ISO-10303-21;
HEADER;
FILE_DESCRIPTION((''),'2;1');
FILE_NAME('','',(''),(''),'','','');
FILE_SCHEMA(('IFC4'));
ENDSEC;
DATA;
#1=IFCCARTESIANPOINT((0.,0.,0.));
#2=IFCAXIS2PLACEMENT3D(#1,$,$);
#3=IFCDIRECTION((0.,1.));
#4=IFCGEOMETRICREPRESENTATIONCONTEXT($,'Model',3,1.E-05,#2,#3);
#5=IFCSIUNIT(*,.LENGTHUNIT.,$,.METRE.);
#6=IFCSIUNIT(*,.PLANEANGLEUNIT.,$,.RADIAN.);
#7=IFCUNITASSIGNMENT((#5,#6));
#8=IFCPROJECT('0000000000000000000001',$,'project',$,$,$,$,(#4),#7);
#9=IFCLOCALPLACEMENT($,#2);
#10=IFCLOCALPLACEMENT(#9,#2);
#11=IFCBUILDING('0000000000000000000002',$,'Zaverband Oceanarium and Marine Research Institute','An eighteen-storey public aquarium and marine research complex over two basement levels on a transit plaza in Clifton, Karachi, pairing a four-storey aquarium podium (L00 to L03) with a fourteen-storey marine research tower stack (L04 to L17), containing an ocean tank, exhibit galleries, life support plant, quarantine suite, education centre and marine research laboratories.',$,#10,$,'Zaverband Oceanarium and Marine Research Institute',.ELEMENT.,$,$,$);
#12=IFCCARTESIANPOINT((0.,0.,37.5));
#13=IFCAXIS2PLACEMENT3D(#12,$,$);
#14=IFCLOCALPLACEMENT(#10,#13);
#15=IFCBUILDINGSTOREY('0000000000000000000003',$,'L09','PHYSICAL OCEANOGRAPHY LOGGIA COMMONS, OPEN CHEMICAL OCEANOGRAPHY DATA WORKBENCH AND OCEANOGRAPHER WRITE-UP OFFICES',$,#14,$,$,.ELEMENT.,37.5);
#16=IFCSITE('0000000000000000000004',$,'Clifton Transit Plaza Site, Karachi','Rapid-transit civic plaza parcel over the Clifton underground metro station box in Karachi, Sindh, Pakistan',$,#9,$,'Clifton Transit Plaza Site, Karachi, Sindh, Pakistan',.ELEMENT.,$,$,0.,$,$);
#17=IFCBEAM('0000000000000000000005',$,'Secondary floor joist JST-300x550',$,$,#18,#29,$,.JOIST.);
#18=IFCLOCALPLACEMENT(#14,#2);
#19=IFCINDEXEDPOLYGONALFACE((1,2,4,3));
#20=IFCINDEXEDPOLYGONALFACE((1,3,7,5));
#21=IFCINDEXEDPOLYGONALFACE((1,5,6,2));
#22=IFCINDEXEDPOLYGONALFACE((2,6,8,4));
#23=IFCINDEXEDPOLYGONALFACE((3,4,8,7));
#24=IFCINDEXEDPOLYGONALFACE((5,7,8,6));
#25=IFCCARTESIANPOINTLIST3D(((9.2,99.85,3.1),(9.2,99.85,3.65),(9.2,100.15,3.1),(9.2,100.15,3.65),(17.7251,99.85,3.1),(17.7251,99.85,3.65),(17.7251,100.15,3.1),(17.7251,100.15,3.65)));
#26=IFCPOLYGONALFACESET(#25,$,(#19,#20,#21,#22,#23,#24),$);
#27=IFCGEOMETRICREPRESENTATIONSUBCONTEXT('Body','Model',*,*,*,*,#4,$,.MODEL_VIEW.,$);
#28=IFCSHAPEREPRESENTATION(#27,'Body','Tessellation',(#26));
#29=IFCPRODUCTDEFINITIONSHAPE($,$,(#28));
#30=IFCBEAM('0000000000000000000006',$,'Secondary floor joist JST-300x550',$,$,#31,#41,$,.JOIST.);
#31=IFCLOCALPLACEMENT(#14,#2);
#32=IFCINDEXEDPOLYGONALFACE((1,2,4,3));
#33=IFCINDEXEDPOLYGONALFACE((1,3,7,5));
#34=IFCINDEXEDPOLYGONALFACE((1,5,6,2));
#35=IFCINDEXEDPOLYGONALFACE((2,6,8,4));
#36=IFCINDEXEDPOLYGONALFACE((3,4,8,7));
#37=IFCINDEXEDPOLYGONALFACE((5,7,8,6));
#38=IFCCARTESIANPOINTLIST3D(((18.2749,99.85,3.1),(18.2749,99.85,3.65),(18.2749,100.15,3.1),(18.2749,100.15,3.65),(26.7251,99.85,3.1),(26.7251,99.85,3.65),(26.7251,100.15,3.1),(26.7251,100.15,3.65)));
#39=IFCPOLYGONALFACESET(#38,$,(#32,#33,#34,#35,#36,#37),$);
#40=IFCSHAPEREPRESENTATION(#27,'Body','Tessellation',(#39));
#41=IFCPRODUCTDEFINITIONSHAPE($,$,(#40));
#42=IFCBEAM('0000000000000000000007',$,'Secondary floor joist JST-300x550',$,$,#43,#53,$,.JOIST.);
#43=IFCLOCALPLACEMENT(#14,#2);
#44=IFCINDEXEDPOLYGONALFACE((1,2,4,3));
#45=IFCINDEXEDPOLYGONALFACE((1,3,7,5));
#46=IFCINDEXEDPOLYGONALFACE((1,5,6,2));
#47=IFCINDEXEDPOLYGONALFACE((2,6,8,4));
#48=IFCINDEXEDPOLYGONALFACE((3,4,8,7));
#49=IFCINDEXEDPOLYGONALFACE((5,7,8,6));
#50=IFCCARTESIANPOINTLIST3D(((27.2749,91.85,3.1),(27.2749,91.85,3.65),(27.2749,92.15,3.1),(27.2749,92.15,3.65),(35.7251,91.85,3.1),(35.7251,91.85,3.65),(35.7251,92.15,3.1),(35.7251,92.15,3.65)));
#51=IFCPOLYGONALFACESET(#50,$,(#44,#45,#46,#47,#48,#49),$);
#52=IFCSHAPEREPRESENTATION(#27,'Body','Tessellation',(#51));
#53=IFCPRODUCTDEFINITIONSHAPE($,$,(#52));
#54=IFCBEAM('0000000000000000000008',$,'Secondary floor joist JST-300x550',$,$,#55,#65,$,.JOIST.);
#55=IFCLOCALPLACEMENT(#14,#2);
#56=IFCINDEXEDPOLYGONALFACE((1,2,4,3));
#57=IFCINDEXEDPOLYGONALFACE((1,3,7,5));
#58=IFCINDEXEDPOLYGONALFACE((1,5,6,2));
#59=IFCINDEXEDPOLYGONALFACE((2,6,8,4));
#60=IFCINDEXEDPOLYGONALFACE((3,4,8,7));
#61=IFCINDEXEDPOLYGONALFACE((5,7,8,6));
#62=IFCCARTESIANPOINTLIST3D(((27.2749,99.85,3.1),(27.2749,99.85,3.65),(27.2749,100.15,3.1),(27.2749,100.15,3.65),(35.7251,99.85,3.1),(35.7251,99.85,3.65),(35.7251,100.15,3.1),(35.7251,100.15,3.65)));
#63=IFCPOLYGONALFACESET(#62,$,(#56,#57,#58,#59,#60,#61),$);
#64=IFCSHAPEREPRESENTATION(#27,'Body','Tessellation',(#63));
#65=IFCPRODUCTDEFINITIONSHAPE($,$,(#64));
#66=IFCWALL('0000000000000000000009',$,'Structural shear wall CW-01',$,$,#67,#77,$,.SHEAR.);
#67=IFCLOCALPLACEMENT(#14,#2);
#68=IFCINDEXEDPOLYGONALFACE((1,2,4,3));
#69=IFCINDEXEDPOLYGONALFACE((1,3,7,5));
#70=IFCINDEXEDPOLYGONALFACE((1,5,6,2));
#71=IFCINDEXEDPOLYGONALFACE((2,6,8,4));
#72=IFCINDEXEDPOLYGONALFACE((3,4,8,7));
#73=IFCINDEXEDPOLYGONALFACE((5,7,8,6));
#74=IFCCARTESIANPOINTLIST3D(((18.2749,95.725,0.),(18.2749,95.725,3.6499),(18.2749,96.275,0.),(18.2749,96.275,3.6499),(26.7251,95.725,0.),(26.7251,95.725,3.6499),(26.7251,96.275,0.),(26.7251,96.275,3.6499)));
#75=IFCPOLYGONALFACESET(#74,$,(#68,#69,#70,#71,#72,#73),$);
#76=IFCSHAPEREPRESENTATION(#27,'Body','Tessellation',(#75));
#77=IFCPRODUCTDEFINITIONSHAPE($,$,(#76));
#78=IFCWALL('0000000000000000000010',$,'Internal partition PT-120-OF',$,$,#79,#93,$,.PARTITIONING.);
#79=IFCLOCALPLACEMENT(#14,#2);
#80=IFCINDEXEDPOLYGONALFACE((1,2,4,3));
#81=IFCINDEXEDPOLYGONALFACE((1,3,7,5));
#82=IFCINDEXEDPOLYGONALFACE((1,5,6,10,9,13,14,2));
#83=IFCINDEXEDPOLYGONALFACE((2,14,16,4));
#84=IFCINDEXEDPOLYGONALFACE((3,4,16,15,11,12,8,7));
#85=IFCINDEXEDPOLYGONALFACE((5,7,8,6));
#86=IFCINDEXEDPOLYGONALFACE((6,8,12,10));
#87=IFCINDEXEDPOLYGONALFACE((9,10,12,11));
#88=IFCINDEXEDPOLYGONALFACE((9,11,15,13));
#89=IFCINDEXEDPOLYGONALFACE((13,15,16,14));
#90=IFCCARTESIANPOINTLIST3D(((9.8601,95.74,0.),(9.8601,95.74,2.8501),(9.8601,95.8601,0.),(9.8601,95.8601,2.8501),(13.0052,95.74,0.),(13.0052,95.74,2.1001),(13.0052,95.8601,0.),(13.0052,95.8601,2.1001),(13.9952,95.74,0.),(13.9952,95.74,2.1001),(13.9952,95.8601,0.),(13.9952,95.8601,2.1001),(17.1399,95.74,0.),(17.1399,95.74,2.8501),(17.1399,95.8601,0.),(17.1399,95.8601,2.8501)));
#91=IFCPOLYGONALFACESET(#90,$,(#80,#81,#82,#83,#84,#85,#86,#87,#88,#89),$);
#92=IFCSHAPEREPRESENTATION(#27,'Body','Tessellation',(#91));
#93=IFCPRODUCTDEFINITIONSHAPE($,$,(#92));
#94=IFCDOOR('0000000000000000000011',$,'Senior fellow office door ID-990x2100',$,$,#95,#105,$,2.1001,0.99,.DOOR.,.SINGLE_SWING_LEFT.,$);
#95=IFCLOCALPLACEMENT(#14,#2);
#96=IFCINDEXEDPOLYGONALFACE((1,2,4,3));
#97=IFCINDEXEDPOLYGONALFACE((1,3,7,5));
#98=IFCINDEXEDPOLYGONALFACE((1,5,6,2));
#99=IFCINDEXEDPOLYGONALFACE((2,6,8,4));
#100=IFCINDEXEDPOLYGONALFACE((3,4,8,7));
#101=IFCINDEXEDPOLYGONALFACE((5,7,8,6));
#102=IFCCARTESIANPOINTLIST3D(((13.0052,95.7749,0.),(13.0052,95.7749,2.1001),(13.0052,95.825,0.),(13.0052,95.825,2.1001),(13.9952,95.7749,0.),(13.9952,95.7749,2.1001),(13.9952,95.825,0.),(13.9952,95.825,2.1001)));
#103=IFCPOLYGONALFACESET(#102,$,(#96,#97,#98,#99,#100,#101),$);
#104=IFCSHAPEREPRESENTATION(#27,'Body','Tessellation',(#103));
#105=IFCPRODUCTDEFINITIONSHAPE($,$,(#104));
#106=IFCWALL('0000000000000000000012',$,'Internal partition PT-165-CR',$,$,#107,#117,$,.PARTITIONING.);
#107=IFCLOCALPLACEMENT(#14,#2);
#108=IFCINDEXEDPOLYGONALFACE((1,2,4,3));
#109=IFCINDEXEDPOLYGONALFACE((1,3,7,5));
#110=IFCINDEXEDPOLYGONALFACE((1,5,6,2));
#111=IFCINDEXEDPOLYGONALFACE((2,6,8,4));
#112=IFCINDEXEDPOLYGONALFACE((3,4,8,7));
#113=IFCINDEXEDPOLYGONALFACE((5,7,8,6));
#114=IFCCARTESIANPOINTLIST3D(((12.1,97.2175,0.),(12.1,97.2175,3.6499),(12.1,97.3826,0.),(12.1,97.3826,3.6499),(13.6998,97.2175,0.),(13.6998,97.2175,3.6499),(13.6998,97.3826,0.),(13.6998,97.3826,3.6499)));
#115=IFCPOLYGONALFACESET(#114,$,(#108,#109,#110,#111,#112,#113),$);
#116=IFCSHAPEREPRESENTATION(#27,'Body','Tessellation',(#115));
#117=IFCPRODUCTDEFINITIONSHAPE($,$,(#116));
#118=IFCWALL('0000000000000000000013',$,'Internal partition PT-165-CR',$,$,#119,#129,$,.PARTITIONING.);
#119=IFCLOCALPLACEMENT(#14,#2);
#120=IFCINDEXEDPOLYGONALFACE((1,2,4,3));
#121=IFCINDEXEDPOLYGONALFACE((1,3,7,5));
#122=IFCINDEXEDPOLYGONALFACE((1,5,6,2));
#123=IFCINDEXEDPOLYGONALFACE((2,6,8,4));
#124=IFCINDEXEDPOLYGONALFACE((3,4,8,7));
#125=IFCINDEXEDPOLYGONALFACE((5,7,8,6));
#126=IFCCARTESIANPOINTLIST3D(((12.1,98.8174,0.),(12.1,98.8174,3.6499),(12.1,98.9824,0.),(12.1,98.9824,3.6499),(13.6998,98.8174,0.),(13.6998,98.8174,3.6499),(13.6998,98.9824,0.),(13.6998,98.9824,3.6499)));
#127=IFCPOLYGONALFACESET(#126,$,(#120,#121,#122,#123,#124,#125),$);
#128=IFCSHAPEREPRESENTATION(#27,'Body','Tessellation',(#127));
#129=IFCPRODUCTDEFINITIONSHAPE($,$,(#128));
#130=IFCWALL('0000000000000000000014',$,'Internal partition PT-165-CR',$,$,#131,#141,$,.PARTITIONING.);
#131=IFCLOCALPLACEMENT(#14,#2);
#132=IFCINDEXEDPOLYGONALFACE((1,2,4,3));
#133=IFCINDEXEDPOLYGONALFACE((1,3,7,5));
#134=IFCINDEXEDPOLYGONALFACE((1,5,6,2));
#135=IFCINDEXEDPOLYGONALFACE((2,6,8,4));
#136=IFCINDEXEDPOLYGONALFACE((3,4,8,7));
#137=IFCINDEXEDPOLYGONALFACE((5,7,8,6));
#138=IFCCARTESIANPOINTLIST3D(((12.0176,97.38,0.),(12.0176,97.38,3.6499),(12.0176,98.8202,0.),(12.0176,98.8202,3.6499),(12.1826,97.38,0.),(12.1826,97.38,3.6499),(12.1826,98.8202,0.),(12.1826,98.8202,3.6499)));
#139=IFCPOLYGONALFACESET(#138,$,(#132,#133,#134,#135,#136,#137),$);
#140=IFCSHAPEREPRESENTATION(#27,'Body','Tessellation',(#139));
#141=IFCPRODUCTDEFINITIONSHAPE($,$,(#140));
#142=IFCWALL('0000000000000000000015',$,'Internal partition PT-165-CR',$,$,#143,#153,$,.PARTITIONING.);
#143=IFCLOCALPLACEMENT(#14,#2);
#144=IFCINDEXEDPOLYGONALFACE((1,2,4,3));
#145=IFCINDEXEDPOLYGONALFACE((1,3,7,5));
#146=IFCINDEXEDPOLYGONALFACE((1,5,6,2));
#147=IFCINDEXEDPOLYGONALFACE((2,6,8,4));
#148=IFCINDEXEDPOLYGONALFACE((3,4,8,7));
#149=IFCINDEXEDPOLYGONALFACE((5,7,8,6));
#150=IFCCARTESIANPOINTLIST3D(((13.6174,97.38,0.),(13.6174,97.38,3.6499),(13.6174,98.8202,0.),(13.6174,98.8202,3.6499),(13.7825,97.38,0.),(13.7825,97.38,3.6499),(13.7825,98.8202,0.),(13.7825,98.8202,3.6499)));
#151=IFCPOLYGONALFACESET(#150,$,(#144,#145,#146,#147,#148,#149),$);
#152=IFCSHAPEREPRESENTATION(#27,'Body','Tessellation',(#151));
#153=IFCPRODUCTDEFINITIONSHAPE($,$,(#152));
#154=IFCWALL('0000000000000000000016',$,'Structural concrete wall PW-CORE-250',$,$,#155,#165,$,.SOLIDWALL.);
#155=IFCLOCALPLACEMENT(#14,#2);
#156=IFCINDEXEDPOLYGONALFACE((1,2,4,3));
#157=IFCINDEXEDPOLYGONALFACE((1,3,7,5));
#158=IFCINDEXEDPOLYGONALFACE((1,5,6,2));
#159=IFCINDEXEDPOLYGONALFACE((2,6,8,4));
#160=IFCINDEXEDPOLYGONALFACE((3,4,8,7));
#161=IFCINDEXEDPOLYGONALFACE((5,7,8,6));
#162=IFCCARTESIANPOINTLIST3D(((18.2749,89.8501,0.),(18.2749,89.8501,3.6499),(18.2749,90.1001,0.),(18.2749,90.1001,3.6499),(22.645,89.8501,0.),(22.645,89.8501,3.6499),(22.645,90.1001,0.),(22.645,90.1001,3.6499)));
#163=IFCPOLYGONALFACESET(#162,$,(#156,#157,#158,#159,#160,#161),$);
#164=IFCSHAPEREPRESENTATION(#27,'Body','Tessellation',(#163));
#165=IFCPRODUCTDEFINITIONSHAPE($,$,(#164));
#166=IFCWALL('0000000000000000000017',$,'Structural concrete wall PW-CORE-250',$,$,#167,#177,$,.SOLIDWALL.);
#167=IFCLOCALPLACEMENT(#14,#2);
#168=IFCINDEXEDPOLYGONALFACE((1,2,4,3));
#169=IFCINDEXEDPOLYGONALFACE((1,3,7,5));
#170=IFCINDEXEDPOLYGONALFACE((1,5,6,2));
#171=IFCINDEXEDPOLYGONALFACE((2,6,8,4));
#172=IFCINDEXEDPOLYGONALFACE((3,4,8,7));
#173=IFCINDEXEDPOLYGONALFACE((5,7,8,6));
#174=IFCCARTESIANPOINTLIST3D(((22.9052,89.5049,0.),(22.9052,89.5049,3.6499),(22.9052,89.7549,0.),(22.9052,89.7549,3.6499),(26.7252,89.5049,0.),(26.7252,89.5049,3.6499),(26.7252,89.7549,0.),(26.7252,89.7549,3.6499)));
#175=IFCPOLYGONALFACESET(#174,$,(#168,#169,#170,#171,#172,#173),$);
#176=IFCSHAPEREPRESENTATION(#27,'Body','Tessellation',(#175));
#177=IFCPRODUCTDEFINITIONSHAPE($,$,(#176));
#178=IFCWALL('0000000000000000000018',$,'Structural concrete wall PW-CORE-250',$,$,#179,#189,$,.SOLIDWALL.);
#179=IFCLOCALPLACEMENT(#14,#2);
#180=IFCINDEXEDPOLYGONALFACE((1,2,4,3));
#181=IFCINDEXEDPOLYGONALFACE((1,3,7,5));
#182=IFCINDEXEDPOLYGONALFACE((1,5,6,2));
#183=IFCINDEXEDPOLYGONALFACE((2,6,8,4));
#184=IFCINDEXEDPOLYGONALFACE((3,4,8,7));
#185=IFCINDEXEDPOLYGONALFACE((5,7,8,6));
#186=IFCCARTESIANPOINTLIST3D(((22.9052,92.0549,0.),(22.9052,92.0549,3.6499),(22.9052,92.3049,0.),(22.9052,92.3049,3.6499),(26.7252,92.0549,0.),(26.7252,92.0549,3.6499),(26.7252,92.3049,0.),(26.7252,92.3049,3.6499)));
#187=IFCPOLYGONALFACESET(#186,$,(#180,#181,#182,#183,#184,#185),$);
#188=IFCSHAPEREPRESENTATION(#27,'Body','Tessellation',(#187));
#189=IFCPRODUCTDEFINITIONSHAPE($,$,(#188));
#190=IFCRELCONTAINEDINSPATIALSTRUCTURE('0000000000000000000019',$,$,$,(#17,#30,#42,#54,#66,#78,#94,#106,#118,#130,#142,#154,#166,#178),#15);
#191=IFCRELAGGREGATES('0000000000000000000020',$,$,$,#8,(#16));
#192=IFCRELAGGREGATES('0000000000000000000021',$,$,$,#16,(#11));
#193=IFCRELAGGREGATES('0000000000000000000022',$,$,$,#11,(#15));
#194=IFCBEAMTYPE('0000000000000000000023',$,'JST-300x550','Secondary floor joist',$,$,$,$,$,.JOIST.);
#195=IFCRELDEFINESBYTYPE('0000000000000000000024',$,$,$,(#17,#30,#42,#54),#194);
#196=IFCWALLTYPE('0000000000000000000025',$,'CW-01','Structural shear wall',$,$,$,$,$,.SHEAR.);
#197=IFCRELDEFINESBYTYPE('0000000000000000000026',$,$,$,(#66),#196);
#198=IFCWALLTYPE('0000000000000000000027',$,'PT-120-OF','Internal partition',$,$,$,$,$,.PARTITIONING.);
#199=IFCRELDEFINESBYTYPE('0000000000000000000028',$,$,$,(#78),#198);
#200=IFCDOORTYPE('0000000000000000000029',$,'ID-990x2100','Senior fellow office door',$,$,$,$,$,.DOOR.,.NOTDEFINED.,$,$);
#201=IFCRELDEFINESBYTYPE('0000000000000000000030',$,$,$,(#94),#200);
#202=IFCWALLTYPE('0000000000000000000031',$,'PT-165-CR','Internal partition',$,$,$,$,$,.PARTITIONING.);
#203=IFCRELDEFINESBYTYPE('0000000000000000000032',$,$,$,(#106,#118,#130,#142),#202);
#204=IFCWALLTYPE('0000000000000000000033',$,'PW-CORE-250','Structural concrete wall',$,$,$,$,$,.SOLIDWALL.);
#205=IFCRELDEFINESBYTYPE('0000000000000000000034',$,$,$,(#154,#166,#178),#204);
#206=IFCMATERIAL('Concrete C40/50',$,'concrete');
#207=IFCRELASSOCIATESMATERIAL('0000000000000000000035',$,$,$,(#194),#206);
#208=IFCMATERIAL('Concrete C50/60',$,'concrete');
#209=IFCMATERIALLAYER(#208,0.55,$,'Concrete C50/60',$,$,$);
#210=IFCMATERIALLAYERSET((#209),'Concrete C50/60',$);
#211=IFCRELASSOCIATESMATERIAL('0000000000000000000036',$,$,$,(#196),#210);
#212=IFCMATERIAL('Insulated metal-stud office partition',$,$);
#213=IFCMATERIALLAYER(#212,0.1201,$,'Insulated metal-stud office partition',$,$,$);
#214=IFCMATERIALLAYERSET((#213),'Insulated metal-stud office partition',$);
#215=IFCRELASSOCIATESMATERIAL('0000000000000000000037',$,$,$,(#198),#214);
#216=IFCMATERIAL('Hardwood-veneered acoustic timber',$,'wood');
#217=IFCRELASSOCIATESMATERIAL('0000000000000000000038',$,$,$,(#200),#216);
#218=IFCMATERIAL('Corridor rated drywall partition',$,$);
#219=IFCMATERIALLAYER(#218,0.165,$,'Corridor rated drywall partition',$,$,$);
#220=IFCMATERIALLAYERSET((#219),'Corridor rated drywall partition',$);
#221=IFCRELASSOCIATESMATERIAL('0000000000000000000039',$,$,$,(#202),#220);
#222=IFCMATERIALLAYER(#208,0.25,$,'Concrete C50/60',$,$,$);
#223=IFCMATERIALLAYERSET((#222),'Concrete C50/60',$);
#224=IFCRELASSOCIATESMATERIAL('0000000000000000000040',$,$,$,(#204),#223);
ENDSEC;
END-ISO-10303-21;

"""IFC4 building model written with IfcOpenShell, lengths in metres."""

from ifc_helpers import new_model, si_unit, direction, frame, frame_2d, origin, origin_2d, place, context, subcontext, project, spatial, rectangle, extrude, material, layer, layer_set, material_profile, profile_set, type_object, element, fill, save


model = new_model("IFC4")

# Units and contexts
model_context = context("Model", 3, precision=1e-05, world=origin(), true_north=direction((0.0, 1.0)))
body_context = subcontext(model_context, "Body", "Model", "MODEL_VIEW")
ifc_project = project(units=[si_unit("LENGTHUNIT", "METRE"), si_unit("PLANEANGLEUNIT", "RADIAN")], contexts=[model_context])

# Site, building, storey
site_placement = place(None, origin())
site = spatial("IfcSite", under=ifc_project, at=site_placement, Name="Clifton Transit Plaza Site, Karachi", Description="Rapid-transit civic plaza parcel over the Clifton underground metro station box in Karachi, Sindh, Pakistan", LongName="Clifton Transit Plaza Site, Karachi, Sindh, Pakistan", CompositionType="ELEMENT", RefElevation=0.0)
building_placement = place(site_placement, origin())
building = spatial("IfcBuilding", under=site, at=building_placement, Name="Zaverband Oceanarium and Marine Research Institute", Description="An eighteen-storey public aquarium and marine research complex over two basement levels on a transit plaza in Clifton, Karachi, pairing a four-storey aquarium podium (L00 to L03) with a fourteen-storey marine research tower stack (L04 to L17), containing an ocean tank, exhibit galleries, life support plant, quarantine suite, education centre and marine research laboratories.", LongName="Zaverband Oceanarium and Marine Research Institute", CompositionType="ELEMENT")
storey_placement = place(building_placement, frame((0.0, 0.0, 37.5)))
storey = spatial("IfcBuildingStorey", under=building, at=storey_placement, Name="L09", Description="PHYSICAL OCEANOGRAPHY LOGGIA COMMONS, OPEN CHEMICAL OCEANOGRAPHY DATA WORKBENCH AND OCEANOGRAPHER WRITE-UP OFFICES", CompositionType="ELEMENT", Elevation=37.5)

# Shared definitions
ifc_material_1 = material(Name="Concrete C50/60", Category="concrete")

# Shared definitions
ifc_material_2 = material(Name="Concrete C40/50", Category="concrete")

# Beams
ifc_material_profile_1 = material_profile(ifc_material_2, rectangle(XDim=0.3, YDim=0.55, at=origin_2d()), Name="RC300x550")
ifc_profile_set_1 = profile_set([ifc_material_profile_1], Name="Concrete C40/50")
beam_type_1 = type_object("IfcBeamType", Name="JST-300x550", Description="Secondary floor joist", PredefinedType="JOIST", material=ifc_profile_set_1)
beam_placement = place(storey_placement, frame((9.2, 100.0, 3.375), z_axis=(1.0, 0.0, 0.0), x_axis=(0.0, 1.0, 0.0)))
element("IfcBeam", 1, at=beam_placement, inside=storey, type_object=beam_type_1, Name="Secondary floor joist JST-300x550", PredefinedType="JOIST", context=body_context, shape_type="SweptSolid", body=[
    extrude(rectangle(XDim=0.3, YDim=0.55, at=origin_2d()), origin(), (0.0, 0.0, 1.0), 8.5251),
])
for number, where, z_axis, x_axis, name in (
    (2, (18.2749, 100.0, 3.375), (1.0, 0.0, 0.0), (0.0, 1.0, 0.0), "Secondary floor joist JST-300x550"),
    (3, (27.2749, 92.0, 3.375), (1.0, 0.0, 0.0), (0.0, 1.0, 0.0), "Secondary floor joist JST-300x550"),
    (4, (27.2749, 100.0, 3.375), (1.0, 0.0, 0.0), (0.0, 1.0, 0.0), "Secondary floor joist JST-300x550"),
):
    element("IfcBeam", number, at=place(storey_placement, frame(where, z_axis=z_axis, x_axis=x_axis)), inside=storey, type_object=beam_type_1, Name=name, PredefinedType="JOIST", context=body_context, shape_type="SweptSolid", body=[
        extrude(rectangle(XDim=0.3, YDim=0.55, at=origin_2d()), origin(), (0.0, 0.0, 1.0), 8.4502),
    ])

# Wall
ifc_layer_1 = layer(ifc_material_1, 0.55, Name="Concrete C50/60")
ifc_layer_set_1 = layer_set([ifc_layer_1], Name="Concrete C50/60")
wall_type_1 = type_object("IfcWallType", Name="CW-01", Description="Structural shear wall", PredefinedType="SHEAR", material=ifc_layer_set_1)
wall_1_placement = place(storey_placement, frame((18.2749, 96.0, 0.0), z_axis=(0.0, 0.0, 1.0), x_axis=(1.0, 0.0, 0.0)))
element("IfcWall", 5, at=wall_1_placement, inside=storey, type_object=wall_type_1, Name="Structural shear wall CW-01", PredefinedType="SHEAR", context=body_context, shape_type="SweptSolid", body=[
    extrude(rectangle(XDim=8.4502, YDim=0.55, at=frame_2d((4.2251, 0.0))), origin(), (0.0, 0.0, 1.0), 3.6499),
])

# Wall, opening, door
ifc_material_3 = material(Name="Insulated metal-stud office partition")
ifc_layer_2 = layer(ifc_material_3, 0.1201, Name="Insulated metal-stud office partition")
ifc_layer_set_2 = layer_set([ifc_layer_2], Name="Insulated metal-stud office partition")
wall_type_2 = type_object("IfcWallType", Name="PT-120-OF", Description="Internal partition", PredefinedType="PARTITIONING", material=ifc_layer_set_2)
wall_2_placement = place(storey_placement, frame((9.8601, 95.8, 0.0), z_axis=(0.0, 0.0, 1.0), x_axis=(1.0, 0.0, 0.0)))
wall_2 = element("IfcWall", 6, at=wall_2_placement, inside=storey, type_object=wall_type_2, Name="Internal partition PT-120-OF", PredefinedType="PARTITIONING", context=body_context, shape_type="SweptSolid", body=[
    extrude(rectangle(XDim=7.2798, YDim=0.1201, at=frame_2d((3.6399, 0.0))), origin(), (0.0, 0.0, 1.0), 2.8501),
])
opening_placement = place(wall_2_placement, frame((3.145, 0.0, 0.0)))
opening = element("IfcOpeningElement", 7, at=opening_placement, cuts=wall_2, PredefinedType="OPENING", context=body_context, shape_type="SweptSolid", body=[
    extrude(rectangle(XDim=0.99, YDim=2.1001, at=frame_2d((0.4951, 1.05))), frame((0.0, 0.072, 0.0), z_axis=(0.0, -1.0, 0.0), x_axis=(1.0, 0.0, 0.0)), (0.0, 0.0, 1.0), 0.144),
])
ifc_material_4 = material(Name="Hardwood-veneered acoustic timber", Category="wood")
door_type = type_object("IfcDoorType", Name="ID-990x2100", Description="Senior fellow office door", OperationType="NOTDEFINED", PredefinedType="DOOR", material=ifc_material_4)
door_placement = place(opening_placement, origin())
door = element("IfcDoor", 8, at=door_placement, inside=storey, type_object=door_type, Name="Senior fellow office door ID-990x2100", OperationType="SINGLE_SWING_LEFT", OverallHeight=2.1001, OverallWidth=0.99, PredefinedType="DOOR", context=body_context, shape_type="SweptSolid", body=[
    extrude(rectangle(XDim=0.99, YDim=2.1001, at=frame_2d((0.4951, 1.05))), frame((0.0, 0.0249, 0.0), z_axis=(0.0, -1.0, 0.0), x_axis=(1.0, 0.0, 0.0)), (0.0, 0.0, 1.0), 0.05),
])
fill(opening, door)

# Walls
ifc_material_5 = material(Name="Corridor rated drywall partition")
ifc_layer_3 = layer(ifc_material_5, 0.165, Name="Corridor rated drywall partition")
ifc_layer_set_3 = layer_set([ifc_layer_3], Name="Corridor rated drywall partition")
wall_type_3 = type_object("IfcWallType", Name="PT-165-CR", Description="Internal partition", PredefinedType="PARTITIONING", material=ifc_layer_set_3)
for number, where, z_axis, x_axis, name in (
    (9, (12.1001, 97.3, 0.0), (0.0, 0.0, 1.0), (1.0, 0.0, 0.0), "Internal partition PT-165-CR"),
    (10, (12.1001, 98.8999, 0.0), (0.0, 0.0, 1.0), (1.0, 0.0, 0.0), "Internal partition PT-165-CR"),
):
    element("IfcWall", number, at=place(storey_placement, frame(where, z_axis=z_axis, x_axis=x_axis)), inside=storey, type_object=wall_type_3, Name=name, PredefinedType="PARTITIONING", context=body_context, shape_type="SweptSolid", body=[
        extrude(rectangle(XDim=1.5999, YDim=0.165, at=frame_2d((0.7998, 0.0))), origin(), (0.0, 0.0, 1.0), 3.6499),
    ])
for number, where, z_axis, x_axis, name in (
    (11, (12.1001, 97.3799, 0.0), (0.0, 0.0, 1.0), (0.0, 1.0, 0.0), "Internal partition PT-165-CR"),
    (12, (13.7, 97.3799, 0.0), (0.0, 0.0, 1.0), (0.0, 1.0, 0.0), "Internal partition PT-165-CR"),
):
    element("IfcWall", number, at=place(storey_placement, frame(where, z_axis=z_axis, x_axis=x_axis)), inside=storey, type_object=wall_type_3, Name=name, PredefinedType="PARTITIONING", context=body_context, shape_type="SweptSolid", body=[
        extrude(rectangle(XDim=1.4402, YDim=0.165, at=frame_2d((0.7202, 0.0))), origin(), (0.0, 0.0, 1.0), 3.6499),
    ])
ifc_layer_4 = layer(ifc_material_1, 0.25, Name="Concrete C50/60")
ifc_layer_set_4 = layer_set([ifc_layer_4], Name="Concrete C50/60")
wall_type_4 = type_object("IfcWallType", Name="PW-CORE-250", Description="Structural concrete wall", PredefinedType="SOLIDWALL", material=ifc_layer_set_4)
wall_3_placement = place(storey_placement, frame((18.2749, 89.9751, 0.0), z_axis=(0.0, 0.0, 1.0), x_axis=(1.0, 0.0, 0.0)))
element("IfcWall", 13, at=wall_3_placement, inside=storey, type_object=wall_type_4, Name="Structural concrete wall PW-CORE-250", PredefinedType="SOLIDWALL", context=body_context, shape_type="SweptSolid", body=[
    extrude(rectangle(XDim=4.3701, YDim=0.25, at=frame_2d((2.1851, 0.0))), origin(), (0.0, 0.0, 1.0), 3.6499),
])
for number, where, z_axis, x_axis, name in (
    (14, (22.905, 89.6299, 0.0), (0.0, 0.0, 1.0), (1.0, 0.0, 0.0), "Structural concrete wall PW-CORE-250"),
    (15, (22.905, 92.1799, 0.0), (0.0, 0.0, 1.0), (1.0, 0.0, 0.0), "Structural concrete wall PW-CORE-250"),
):
    element("IfcWall", number, at=place(storey_placement, frame(where, z_axis=z_axis, x_axis=x_axis)), inside=storey, type_object=wall_type_4, Name=name, PredefinedType="SOLIDWALL", context=body_context, shape_type="SweptSolid", body=[
        extrude(rectangle(XDim=3.8201, YDim=0.25, at=frame_2d((1.9102, 0.0))), origin(), (0.0, 0.0, 1.0), 3.6499),
    ])

save(model, "model.ifc")
